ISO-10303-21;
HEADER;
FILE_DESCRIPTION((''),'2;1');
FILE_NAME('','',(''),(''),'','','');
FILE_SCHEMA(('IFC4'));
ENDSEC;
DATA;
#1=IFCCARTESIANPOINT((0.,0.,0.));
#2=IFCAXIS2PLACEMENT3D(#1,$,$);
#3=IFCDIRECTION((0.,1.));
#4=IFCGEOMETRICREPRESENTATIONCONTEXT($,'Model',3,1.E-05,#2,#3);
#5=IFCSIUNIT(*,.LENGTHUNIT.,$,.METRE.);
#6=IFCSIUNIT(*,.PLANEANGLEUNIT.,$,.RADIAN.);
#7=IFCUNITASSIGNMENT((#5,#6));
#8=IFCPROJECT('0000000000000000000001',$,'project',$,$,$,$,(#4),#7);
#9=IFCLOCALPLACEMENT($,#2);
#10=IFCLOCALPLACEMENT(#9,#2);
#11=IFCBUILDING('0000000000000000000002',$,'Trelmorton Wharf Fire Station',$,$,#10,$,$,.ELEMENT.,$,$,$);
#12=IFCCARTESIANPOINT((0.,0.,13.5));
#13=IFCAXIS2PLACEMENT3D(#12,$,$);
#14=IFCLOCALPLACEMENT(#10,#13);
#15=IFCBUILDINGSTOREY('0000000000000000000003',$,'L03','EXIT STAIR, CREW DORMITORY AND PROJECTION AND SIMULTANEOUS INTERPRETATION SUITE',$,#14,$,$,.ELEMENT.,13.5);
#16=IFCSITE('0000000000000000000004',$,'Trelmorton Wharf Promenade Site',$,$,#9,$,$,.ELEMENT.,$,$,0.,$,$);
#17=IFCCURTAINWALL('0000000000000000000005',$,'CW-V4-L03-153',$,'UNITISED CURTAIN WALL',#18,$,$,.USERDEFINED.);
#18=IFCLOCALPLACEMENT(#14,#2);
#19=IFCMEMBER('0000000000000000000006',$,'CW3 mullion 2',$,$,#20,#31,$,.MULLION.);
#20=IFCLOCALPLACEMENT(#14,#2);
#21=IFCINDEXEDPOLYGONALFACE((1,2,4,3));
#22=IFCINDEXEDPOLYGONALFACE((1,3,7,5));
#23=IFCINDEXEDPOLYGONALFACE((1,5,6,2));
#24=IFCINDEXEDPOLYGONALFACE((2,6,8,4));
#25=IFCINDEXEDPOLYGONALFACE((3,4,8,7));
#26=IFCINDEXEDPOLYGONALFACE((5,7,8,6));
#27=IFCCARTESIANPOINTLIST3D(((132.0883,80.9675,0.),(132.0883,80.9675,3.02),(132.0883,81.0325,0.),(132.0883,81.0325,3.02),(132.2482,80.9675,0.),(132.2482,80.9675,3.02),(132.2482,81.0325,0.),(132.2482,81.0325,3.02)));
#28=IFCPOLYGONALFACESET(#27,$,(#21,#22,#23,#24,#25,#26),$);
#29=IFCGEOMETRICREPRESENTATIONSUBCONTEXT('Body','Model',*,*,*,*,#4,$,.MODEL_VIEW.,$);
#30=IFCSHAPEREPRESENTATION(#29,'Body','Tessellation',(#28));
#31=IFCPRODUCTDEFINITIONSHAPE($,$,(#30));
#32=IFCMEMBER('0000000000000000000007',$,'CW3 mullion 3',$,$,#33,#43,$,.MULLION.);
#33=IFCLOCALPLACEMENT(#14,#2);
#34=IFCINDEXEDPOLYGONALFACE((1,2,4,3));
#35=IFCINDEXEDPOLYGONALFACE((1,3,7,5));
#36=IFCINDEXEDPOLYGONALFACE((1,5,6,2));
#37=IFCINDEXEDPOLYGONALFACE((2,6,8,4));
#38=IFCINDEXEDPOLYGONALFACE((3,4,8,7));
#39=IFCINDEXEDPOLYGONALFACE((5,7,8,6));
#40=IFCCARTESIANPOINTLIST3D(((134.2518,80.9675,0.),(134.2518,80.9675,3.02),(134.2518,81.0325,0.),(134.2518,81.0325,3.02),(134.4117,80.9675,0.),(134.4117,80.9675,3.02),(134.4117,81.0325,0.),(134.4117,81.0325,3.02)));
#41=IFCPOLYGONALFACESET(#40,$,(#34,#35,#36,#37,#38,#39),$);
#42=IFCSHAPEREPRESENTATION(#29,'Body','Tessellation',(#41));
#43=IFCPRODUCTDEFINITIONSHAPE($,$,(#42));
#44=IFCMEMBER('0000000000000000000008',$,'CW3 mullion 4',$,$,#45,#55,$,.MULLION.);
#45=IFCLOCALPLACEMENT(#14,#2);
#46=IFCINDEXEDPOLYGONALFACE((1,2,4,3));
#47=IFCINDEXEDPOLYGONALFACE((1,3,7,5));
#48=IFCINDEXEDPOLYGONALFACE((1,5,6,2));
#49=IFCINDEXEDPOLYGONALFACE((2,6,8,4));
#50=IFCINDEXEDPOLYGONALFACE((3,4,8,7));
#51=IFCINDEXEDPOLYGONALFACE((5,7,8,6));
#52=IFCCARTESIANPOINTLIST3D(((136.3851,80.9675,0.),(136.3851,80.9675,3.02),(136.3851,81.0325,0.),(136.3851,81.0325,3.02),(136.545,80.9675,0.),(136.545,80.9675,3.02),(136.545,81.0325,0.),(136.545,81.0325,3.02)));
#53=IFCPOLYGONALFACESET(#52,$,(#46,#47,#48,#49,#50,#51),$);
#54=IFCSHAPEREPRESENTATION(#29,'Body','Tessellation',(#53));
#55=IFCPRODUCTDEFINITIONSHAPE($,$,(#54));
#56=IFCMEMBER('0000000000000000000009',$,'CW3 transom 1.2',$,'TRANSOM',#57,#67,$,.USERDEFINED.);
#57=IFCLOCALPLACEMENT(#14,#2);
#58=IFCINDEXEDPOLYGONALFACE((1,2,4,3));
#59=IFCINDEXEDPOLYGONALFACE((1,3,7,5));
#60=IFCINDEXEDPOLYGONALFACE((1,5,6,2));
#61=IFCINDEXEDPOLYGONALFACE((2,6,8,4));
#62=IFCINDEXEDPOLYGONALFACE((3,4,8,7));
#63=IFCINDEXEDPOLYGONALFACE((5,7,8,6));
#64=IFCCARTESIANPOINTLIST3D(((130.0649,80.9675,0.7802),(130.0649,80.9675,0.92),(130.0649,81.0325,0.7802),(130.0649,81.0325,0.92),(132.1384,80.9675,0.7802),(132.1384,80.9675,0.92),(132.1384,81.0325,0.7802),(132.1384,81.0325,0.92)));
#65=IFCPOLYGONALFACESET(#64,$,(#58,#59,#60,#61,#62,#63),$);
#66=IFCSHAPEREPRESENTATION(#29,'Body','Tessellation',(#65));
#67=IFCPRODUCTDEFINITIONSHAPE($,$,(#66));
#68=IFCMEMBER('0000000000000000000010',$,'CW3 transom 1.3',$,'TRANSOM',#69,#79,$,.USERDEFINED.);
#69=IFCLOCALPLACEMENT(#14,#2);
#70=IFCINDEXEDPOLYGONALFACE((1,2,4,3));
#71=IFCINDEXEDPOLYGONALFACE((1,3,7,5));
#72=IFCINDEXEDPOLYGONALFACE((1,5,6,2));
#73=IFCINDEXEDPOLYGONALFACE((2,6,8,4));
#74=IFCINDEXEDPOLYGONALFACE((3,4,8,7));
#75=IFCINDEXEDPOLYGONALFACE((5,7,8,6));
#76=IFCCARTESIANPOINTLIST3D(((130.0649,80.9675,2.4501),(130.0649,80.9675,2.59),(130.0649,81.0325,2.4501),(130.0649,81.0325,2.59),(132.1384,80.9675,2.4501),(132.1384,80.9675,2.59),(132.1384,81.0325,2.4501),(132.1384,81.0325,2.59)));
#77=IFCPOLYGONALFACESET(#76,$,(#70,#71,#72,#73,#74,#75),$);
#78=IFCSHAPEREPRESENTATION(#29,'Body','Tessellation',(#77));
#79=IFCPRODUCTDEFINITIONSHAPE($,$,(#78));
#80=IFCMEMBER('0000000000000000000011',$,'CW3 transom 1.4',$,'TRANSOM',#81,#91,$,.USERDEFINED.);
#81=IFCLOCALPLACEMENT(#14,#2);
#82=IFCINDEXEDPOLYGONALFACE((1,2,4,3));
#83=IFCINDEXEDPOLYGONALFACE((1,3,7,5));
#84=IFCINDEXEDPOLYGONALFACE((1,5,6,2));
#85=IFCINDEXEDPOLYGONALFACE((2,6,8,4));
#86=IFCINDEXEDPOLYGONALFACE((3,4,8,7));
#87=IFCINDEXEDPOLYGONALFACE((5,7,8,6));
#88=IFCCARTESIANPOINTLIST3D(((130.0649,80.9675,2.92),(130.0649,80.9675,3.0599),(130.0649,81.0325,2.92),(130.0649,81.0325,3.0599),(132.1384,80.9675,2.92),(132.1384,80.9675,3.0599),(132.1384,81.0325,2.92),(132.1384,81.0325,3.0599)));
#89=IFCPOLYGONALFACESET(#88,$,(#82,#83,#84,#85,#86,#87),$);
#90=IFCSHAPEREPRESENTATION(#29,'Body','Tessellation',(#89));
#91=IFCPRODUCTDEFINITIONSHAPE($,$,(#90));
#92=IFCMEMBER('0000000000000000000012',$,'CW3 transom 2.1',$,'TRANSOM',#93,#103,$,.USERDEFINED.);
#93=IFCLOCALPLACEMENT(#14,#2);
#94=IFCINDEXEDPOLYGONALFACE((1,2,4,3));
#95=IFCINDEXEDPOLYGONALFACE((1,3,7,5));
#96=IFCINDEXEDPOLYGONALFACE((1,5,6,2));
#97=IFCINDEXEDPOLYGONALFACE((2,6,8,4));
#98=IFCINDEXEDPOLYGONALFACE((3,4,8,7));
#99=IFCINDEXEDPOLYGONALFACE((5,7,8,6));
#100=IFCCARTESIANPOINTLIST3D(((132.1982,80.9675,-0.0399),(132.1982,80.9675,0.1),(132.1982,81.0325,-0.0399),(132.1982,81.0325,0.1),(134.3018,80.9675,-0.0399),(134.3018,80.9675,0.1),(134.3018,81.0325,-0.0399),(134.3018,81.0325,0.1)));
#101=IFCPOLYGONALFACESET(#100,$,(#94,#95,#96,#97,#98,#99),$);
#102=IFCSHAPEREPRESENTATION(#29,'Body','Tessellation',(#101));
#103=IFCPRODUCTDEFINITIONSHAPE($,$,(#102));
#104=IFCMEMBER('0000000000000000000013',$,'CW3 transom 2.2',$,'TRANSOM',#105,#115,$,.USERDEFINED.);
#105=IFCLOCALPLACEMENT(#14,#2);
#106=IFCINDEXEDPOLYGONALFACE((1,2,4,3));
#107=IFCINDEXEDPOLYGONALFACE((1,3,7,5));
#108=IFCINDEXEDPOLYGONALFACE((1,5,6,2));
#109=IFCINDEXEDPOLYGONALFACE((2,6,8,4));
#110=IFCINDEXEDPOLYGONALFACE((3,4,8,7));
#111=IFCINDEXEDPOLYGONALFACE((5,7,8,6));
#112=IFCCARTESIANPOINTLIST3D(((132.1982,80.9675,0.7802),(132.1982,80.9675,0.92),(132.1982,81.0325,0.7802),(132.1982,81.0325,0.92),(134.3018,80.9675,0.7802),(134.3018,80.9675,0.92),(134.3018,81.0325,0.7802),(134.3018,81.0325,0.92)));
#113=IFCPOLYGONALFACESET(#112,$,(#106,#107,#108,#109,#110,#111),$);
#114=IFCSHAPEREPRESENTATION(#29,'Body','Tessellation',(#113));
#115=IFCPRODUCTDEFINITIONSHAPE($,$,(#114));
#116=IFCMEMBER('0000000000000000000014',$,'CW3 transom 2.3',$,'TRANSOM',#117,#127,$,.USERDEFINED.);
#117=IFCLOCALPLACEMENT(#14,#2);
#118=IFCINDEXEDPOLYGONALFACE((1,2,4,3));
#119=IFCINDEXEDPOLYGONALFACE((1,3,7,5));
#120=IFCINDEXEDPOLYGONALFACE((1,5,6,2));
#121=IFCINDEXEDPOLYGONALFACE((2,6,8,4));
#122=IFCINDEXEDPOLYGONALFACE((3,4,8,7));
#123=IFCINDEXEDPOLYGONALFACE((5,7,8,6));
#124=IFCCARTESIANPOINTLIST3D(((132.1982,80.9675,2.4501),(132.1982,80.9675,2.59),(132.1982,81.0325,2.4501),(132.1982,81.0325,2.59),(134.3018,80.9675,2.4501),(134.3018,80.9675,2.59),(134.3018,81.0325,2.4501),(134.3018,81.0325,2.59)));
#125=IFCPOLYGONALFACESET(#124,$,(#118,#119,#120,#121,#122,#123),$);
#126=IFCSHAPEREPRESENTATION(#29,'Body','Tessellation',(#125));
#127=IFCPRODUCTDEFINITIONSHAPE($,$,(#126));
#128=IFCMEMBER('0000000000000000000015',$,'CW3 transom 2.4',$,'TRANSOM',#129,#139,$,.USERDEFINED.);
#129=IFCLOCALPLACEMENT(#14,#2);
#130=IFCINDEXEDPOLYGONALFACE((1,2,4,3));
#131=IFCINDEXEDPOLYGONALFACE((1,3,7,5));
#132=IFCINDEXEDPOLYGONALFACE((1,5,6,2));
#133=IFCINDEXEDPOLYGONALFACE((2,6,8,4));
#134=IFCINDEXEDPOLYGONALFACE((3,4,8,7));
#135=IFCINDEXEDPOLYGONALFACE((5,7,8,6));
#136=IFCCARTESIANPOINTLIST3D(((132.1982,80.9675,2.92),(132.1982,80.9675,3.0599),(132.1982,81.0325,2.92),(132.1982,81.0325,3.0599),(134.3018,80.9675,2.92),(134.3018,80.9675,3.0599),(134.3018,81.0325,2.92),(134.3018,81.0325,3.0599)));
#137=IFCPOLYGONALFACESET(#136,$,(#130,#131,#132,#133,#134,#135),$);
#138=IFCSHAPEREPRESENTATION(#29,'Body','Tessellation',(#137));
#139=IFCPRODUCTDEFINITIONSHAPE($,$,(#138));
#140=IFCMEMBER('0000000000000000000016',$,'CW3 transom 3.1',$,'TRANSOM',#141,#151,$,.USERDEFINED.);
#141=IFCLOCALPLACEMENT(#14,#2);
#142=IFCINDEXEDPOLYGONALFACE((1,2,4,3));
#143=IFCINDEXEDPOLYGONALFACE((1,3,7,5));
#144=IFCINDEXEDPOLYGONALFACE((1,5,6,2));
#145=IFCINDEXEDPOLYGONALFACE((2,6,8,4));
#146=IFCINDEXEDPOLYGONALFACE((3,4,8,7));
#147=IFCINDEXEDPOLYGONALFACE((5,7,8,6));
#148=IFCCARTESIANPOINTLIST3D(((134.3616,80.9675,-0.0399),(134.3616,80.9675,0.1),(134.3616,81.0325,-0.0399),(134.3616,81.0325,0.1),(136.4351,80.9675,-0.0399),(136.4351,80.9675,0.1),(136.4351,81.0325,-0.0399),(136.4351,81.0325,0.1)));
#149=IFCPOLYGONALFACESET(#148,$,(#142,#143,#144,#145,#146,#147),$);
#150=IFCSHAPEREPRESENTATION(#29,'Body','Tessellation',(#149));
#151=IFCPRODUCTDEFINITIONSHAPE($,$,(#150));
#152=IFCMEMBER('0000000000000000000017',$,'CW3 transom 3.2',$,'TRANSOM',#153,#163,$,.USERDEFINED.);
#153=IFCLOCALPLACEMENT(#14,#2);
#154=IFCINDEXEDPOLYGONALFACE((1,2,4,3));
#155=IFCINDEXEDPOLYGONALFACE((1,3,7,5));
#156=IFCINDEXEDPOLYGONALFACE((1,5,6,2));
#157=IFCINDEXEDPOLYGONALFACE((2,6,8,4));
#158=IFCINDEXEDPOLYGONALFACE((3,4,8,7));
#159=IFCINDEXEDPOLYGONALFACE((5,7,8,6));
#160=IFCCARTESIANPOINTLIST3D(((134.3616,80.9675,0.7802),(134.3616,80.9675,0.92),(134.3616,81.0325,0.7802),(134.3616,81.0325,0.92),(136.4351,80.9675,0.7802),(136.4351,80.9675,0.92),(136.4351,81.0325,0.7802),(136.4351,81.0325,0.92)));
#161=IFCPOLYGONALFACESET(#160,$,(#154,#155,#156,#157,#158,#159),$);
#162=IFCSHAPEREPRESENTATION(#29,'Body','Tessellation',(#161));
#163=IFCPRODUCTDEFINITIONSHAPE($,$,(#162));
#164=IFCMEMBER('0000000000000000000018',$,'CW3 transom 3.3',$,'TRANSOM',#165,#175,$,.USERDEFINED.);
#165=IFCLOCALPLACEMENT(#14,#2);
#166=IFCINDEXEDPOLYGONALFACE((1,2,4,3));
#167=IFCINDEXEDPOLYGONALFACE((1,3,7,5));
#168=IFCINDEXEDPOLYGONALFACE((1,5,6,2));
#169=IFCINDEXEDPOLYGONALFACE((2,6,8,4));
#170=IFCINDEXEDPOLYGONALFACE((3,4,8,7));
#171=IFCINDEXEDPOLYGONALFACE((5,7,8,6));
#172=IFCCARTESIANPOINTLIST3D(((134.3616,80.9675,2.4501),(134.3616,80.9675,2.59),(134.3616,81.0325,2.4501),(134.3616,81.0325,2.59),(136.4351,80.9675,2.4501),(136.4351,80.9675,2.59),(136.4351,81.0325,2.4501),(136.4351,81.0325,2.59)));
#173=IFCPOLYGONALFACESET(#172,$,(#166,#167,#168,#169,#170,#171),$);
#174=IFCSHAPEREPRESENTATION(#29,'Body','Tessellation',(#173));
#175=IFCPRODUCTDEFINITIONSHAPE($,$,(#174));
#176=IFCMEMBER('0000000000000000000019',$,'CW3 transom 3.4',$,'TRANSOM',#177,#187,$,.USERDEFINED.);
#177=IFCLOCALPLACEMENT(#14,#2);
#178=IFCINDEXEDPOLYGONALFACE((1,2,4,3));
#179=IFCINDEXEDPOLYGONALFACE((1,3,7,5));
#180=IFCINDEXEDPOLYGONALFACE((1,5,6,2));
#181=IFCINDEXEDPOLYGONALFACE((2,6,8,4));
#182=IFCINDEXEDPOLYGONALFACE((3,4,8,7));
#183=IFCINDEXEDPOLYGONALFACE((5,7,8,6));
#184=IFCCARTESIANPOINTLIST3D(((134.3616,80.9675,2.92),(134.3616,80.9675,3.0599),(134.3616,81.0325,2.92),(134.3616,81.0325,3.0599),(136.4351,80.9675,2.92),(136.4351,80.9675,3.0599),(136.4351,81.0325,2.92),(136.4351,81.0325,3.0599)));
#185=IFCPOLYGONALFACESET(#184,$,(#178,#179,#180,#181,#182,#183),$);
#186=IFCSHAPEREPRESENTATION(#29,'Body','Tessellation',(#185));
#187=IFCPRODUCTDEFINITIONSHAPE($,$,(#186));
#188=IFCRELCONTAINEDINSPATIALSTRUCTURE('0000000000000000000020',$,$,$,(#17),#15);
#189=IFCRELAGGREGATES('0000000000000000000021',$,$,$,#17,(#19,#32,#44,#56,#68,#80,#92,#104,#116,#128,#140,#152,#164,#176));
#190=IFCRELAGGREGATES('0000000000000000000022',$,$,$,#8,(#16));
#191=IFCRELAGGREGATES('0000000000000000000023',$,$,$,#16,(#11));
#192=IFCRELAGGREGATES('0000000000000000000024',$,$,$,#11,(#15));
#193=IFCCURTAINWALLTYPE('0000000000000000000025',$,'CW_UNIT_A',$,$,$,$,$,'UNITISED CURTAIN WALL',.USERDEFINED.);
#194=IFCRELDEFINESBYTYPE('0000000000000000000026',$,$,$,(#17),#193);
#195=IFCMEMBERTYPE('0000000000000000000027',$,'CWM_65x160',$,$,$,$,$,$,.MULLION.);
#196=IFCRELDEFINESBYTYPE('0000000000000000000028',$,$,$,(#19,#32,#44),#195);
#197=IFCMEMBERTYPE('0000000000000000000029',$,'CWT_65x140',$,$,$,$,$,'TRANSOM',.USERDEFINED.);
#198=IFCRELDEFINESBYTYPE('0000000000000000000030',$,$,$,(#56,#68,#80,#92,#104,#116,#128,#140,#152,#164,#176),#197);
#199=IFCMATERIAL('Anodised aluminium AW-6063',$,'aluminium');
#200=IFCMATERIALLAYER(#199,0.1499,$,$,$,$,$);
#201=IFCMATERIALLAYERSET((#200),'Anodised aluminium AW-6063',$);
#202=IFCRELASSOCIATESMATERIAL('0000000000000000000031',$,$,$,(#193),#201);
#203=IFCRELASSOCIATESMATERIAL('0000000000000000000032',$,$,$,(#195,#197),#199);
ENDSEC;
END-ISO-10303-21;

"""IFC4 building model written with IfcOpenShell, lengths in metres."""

from ifc_helpers import new_model, si_unit, direction, frame, origin, origin_2d, place, context, subcontext, project, spatial, rectangle, extrude, material, layer, layer_set, material_profile, profile_set, type_object, element, aggregate, save


model = new_model("IFC4")

# Units and contexts
model_context = context("Model", 3, precision=1e-05, world=origin(), true_north=direction((0.0, 1.0)))
body_context = subcontext(model_context, "Body", "Model", "MODEL_VIEW")
ifc_project = project(units=[si_unit("LENGTHUNIT", "METRE"), si_unit("PLANEANGLEUNIT", "RADIAN")], contexts=[model_context])

# Site, building, storey
site_placement = place(None, origin())
site = spatial("IfcSite", under=ifc_project, at=site_placement, Name="Trelmorton Wharf Promenade Site", CompositionType="ELEMENT", RefElevation=0.0)
building_placement = place(site_placement, origin())
building = spatial("IfcBuilding", under=site, at=building_placement, Name="Trelmorton Wharf Fire Station", CompositionType="ELEMENT")
storey_placement = place(building_placement, frame((0.0, 0.0, 13.5)))
storey = spatial("IfcBuildingStorey", under=building, at=storey_placement, Name="L03", Description="EXIT STAIR, CREW DORMITORY AND PROJECTION AND SIMULTANEOUS INTERPRETATION SUITE", CompositionType="ELEMENT", Elevation=13.5)

# Curtain wall, members
ifc_material_1 = material(Name="Anodised aluminium AW-6063", Category="aluminium")
ifc_layer_1 = layer(ifc_material_1, 0.1499)
ifc_layer_set_1 = layer_set([ifc_layer_1], Name="Anodised aluminium AW-6063")
curtain_wall_type = type_object("IfcCurtainWallType", Name="CW_UNIT_A", ElementType="UNITISED CURTAIN WALL", PredefinedType="USERDEFINED", material=ifc_layer_set_1)
curtain_wall_placement = place(storey_placement, origin())
curtain_wall = element("IfcCurtainWall", 1, at=curtain_wall_placement, inside=storey, type_object=curtain_wall_type, Name="CW-V4-L03-153", ObjectType="UNITISED CURTAIN WALL", PredefinedType="USERDEFINED")
ifc_material_profile_1 = material_profile(ifc_material_1, rectangle(XDim=0.0649, YDim=0.1599, at=origin_2d()), Name="ALU-65x160")
ifc_profile_set_1 = profile_set([ifc_material_profile_1], Name="Anodised aluminium AW-6063")
member_type_1 = type_object("IfcMemberType", Name="CWM_65x160", PredefinedType="MULLION", material=ifc_profile_set_1)
member_1_placement = place(storey_placement, frame((132.1682, 81.0, 0.0), z_axis=(0.0, 0.0, 1.0), x_axis=(0.0, 1.0, 0.0)))
member_1 = element("IfcMember", 2, at=member_1_placement, type_object=member_type_1, Name="CW3 mullion 2", PredefinedType="MULLION", context=body_context, shape_type="SweptSolid", body=[
    extrude(rectangle(XDim=0.0649, YDim=0.1599, at=origin_2d()), origin(), (0.0, 0.0, 1.0), 3.02),
])
member_2_placement = place(storey_placement, frame((134.3318, 81.0, 0.0), z_axis=(0.0, 0.0, 1.0), x_axis=(0.0, 1.0, 0.0)))
member_2 = element("IfcMember", 3, at=member_2_placement, type_object=member_type_1, Name="CW3 mullion 3", PredefinedType="MULLION", context=body_context, shape_type="SweptSolid", body=[
    extrude(rectangle(XDim=0.0649, YDim=0.1599, at=origin_2d()), origin(), (0.0, 0.0, 1.0), 3.02),
])
member_3_placement = place(storey_placement, frame((136.4651, 81.0, 0.0), z_axis=(0.0, 0.0, 1.0), x_axis=(0.0, 1.0, 0.0)))
member_3 = element("IfcMember", 4, at=member_3_placement, type_object=member_type_1, Name="CW3 mullion 4", PredefinedType="MULLION", context=body_context, shape_type="SweptSolid", body=[
    extrude(rectangle(XDim=0.0649, YDim=0.1599, at=origin_2d()), origin(), (0.0, 0.0, 1.0), 3.02),
])
ifc_material_profile_2 = material_profile(ifc_material_1, rectangle(XDim=0.0649, YDim=0.1399, at=origin_2d()), Name="ALU-65x140")
ifc_profile_set_2 = profile_set([ifc_material_profile_2], Name="Anodised aluminium AW-6063")
member_type_2 = type_object("IfcMemberType", Name="CWT_65x140", ElementType="TRANSOM", PredefinedType="USERDEFINED", material=ifc_profile_set_2)
member_4_placement = place(storey_placement, frame((130.0649, 81.0, 0.8501), z_axis=(1.0, 0.0, 0.0), x_axis=(0.0, 1.0, 0.0)))
member_4 = element("IfcMember", 5, at=member_4_placement, type_object=member_type_2, Name="CW3 transom 1.2", ObjectType="TRANSOM", PredefinedType="USERDEFINED", context=body_context, shape_type="SweptSolid", body=[
    extrude(rectangle(XDim=0.0649, YDim=0.1399, at=origin_2d()), origin(), (0.0, 0.0, 1.0), 2.0735),
])
member_5_placement = place(storey_placement, frame((130.0649, 81.0, 2.52), z_axis=(1.0, 0.0, 0.0), x_axis=(0.0, 1.0, 0.0)))
member_5 = element("IfcMember", 6, at=member_5_placement, type_object=member_type_2, Name="CW3 transom 1.3", ObjectType="TRANSOM", PredefinedType="USERDEFINED", context=body_context, shape_type="SweptSolid", body=[
    extrude(rectangle(XDim=0.0649, YDim=0.1399, at=origin_2d()), origin(), (0.0, 0.0, 1.0), 2.0735),
])
member_6_placement = place(storey_placement, frame((130.0649, 81.0, 2.99), z_axis=(1.0, 0.0, 0.0), x_axis=(0.0, 1.0, 0.0)))
member_6 = element("IfcMember", 7, at=member_6_placement, type_object=member_type_2, Name="CW3 transom 1.4", ObjectType="TRANSOM", PredefinedType="USERDEFINED", context=body_context, shape_type="SweptSolid", body=[
    extrude(rectangle(XDim=0.0649, YDim=0.1399, at=origin_2d()), origin(), (0.0, 0.0, 1.0), 2.0735),
])
member_7_placement = place(storey_placement, frame((132.1982, 81.0, 0.03), z_axis=(1.0, 0.0, 0.0), x_axis=(0.0, 1.0, 0.0)))
member_7 = element("IfcMember", 8, at=member_7_placement, type_object=member_type_2, Name="CW3 transom 2.1", ObjectType="TRANSOM", PredefinedType="USERDEFINED", context=body_context, shape_type="SweptSolid", body=[
    extrude(rectangle(XDim=0.0649, YDim=0.1399, at=origin_2d()), origin(), (0.0, 0.0, 1.0), 2.1035),
])
member_8_placement = place(storey_placement, frame((132.1982, 81.0, 0.8501), z_axis=(1.0, 0.0, 0.0), x_axis=(0.0, 1.0, 0.0)))
member_8 = element("IfcMember", 9, at=member_8_placement, type_object=member_type_2, Name="CW3 transom 2.2", ObjectType="TRANSOM", PredefinedType="USERDEFINED", context=body_context, shape_type="SweptSolid", body=[
    extrude(rectangle(XDim=0.0649, YDim=0.1399, at=origin_2d()), origin(), (0.0, 0.0, 1.0), 2.1035),
])
member_9_placement = place(storey_placement, frame((132.1982, 81.0, 2.52), z_axis=(1.0, 0.0, 0.0), x_axis=(0.0, 1.0, 0.0)))
member_9 = element("IfcMember", 10, at=member_9_placement, type_object=member_type_2, Name="CW3 transom 2.3", ObjectType="TRANSOM", PredefinedType="USERDEFINED", context=body_context, shape_type="SweptSolid", body=[
    extrude(rectangle(XDim=0.0649, YDim=0.1399, at=origin_2d()), origin(), (0.0, 0.0, 1.0), 2.1035),
])
member_10_placement = place(storey_placement, frame((132.1982, 81.0, 2.99), z_axis=(1.0, 0.0, 0.0), x_axis=(0.0, 1.0, 0.0)))
member_10 = element("IfcMember", 11, at=member_10_placement, type_object=member_type_2, Name="CW3 transom 2.4", ObjectType="TRANSOM", PredefinedType="USERDEFINED", context=body_context, shape_type="SweptSolid", body=[
    extrude(rectangle(XDim=0.0649, YDim=0.1399, at=origin_2d()), origin(), (0.0, 0.0, 1.0), 2.1035),
])
member_11_placement = place(storey_placement, frame((134.3616, 81.0, 0.03), z_axis=(1.0, 0.0, 0.0), x_axis=(0.0, 1.0, 0.0)))
member_11 = element("IfcMember", 12, at=member_11_placement, type_object=member_type_2, Name="CW3 transom 3.1", ObjectType="TRANSOM", PredefinedType="USERDEFINED", context=body_context, shape_type="SweptSolid", body=[
    extrude(rectangle(XDim=0.0649, YDim=0.1399, at=origin_2d()), origin(), (0.0, 0.0, 1.0), 2.0735),
])
member_12_placement = place(storey_placement, frame((134.3616, 81.0, 0.8501), z_axis=(1.0, 0.0, 0.0), x_axis=(0.0, 1.0, 0.0)))
member_12 = element("IfcMember", 13, at=member_12_placement, type_object=member_type_2, Name="CW3 transom 3.2", ObjectType="TRANSOM", PredefinedType="USERDEFINED", context=body_context, shape_type="SweptSolid", body=[
    extrude(rectangle(XDim=0.0649, YDim=0.1399, at=origin_2d()), origin(), (0.0, 0.0, 1.0), 2.0735),
])
member_13_placement = place(storey_placement, frame((134.3616, 81.0, 2.52), z_axis=(1.0, 0.0, 0.0), x_axis=(0.0, 1.0, 0.0)))
member_13 = element("IfcMember", 14, at=member_13_placement, type_object=member_type_2, Name="CW3 transom 3.3", ObjectType="TRANSOM", PredefinedType="USERDEFINED", context=body_context, shape_type="SweptSolid", body=[
    extrude(rectangle(XDim=0.0649, YDim=0.1399, at=origin_2d()), origin(), (0.0, 0.0, 1.0), 2.0735),
])
member_14_placement = place(storey_placement, frame((134.3616, 81.0, 2.99), z_axis=(1.0, 0.0, 0.0), x_axis=(0.0, 1.0, 0.0)))
member_14 = element("IfcMember", 15, at=member_14_placement, type_object=member_type_2, Name="CW3 transom 3.4", ObjectType="TRANSOM", PredefinedType="USERDEFINED", context=body_context, shape_type="SweptSolid", body=[
    extrude(rectangle(XDim=0.0649, YDim=0.1399, at=origin_2d()), origin(), (0.0, 0.0, 1.0), 2.0735),
])
aggregate(curtain_wall, [member_1, member_2, member_3, member_4, member_5, member_6, member_7, member_8, member_9, member_10, member_11, member_12, member_13, member_14])

save(model, "model.ifc")
